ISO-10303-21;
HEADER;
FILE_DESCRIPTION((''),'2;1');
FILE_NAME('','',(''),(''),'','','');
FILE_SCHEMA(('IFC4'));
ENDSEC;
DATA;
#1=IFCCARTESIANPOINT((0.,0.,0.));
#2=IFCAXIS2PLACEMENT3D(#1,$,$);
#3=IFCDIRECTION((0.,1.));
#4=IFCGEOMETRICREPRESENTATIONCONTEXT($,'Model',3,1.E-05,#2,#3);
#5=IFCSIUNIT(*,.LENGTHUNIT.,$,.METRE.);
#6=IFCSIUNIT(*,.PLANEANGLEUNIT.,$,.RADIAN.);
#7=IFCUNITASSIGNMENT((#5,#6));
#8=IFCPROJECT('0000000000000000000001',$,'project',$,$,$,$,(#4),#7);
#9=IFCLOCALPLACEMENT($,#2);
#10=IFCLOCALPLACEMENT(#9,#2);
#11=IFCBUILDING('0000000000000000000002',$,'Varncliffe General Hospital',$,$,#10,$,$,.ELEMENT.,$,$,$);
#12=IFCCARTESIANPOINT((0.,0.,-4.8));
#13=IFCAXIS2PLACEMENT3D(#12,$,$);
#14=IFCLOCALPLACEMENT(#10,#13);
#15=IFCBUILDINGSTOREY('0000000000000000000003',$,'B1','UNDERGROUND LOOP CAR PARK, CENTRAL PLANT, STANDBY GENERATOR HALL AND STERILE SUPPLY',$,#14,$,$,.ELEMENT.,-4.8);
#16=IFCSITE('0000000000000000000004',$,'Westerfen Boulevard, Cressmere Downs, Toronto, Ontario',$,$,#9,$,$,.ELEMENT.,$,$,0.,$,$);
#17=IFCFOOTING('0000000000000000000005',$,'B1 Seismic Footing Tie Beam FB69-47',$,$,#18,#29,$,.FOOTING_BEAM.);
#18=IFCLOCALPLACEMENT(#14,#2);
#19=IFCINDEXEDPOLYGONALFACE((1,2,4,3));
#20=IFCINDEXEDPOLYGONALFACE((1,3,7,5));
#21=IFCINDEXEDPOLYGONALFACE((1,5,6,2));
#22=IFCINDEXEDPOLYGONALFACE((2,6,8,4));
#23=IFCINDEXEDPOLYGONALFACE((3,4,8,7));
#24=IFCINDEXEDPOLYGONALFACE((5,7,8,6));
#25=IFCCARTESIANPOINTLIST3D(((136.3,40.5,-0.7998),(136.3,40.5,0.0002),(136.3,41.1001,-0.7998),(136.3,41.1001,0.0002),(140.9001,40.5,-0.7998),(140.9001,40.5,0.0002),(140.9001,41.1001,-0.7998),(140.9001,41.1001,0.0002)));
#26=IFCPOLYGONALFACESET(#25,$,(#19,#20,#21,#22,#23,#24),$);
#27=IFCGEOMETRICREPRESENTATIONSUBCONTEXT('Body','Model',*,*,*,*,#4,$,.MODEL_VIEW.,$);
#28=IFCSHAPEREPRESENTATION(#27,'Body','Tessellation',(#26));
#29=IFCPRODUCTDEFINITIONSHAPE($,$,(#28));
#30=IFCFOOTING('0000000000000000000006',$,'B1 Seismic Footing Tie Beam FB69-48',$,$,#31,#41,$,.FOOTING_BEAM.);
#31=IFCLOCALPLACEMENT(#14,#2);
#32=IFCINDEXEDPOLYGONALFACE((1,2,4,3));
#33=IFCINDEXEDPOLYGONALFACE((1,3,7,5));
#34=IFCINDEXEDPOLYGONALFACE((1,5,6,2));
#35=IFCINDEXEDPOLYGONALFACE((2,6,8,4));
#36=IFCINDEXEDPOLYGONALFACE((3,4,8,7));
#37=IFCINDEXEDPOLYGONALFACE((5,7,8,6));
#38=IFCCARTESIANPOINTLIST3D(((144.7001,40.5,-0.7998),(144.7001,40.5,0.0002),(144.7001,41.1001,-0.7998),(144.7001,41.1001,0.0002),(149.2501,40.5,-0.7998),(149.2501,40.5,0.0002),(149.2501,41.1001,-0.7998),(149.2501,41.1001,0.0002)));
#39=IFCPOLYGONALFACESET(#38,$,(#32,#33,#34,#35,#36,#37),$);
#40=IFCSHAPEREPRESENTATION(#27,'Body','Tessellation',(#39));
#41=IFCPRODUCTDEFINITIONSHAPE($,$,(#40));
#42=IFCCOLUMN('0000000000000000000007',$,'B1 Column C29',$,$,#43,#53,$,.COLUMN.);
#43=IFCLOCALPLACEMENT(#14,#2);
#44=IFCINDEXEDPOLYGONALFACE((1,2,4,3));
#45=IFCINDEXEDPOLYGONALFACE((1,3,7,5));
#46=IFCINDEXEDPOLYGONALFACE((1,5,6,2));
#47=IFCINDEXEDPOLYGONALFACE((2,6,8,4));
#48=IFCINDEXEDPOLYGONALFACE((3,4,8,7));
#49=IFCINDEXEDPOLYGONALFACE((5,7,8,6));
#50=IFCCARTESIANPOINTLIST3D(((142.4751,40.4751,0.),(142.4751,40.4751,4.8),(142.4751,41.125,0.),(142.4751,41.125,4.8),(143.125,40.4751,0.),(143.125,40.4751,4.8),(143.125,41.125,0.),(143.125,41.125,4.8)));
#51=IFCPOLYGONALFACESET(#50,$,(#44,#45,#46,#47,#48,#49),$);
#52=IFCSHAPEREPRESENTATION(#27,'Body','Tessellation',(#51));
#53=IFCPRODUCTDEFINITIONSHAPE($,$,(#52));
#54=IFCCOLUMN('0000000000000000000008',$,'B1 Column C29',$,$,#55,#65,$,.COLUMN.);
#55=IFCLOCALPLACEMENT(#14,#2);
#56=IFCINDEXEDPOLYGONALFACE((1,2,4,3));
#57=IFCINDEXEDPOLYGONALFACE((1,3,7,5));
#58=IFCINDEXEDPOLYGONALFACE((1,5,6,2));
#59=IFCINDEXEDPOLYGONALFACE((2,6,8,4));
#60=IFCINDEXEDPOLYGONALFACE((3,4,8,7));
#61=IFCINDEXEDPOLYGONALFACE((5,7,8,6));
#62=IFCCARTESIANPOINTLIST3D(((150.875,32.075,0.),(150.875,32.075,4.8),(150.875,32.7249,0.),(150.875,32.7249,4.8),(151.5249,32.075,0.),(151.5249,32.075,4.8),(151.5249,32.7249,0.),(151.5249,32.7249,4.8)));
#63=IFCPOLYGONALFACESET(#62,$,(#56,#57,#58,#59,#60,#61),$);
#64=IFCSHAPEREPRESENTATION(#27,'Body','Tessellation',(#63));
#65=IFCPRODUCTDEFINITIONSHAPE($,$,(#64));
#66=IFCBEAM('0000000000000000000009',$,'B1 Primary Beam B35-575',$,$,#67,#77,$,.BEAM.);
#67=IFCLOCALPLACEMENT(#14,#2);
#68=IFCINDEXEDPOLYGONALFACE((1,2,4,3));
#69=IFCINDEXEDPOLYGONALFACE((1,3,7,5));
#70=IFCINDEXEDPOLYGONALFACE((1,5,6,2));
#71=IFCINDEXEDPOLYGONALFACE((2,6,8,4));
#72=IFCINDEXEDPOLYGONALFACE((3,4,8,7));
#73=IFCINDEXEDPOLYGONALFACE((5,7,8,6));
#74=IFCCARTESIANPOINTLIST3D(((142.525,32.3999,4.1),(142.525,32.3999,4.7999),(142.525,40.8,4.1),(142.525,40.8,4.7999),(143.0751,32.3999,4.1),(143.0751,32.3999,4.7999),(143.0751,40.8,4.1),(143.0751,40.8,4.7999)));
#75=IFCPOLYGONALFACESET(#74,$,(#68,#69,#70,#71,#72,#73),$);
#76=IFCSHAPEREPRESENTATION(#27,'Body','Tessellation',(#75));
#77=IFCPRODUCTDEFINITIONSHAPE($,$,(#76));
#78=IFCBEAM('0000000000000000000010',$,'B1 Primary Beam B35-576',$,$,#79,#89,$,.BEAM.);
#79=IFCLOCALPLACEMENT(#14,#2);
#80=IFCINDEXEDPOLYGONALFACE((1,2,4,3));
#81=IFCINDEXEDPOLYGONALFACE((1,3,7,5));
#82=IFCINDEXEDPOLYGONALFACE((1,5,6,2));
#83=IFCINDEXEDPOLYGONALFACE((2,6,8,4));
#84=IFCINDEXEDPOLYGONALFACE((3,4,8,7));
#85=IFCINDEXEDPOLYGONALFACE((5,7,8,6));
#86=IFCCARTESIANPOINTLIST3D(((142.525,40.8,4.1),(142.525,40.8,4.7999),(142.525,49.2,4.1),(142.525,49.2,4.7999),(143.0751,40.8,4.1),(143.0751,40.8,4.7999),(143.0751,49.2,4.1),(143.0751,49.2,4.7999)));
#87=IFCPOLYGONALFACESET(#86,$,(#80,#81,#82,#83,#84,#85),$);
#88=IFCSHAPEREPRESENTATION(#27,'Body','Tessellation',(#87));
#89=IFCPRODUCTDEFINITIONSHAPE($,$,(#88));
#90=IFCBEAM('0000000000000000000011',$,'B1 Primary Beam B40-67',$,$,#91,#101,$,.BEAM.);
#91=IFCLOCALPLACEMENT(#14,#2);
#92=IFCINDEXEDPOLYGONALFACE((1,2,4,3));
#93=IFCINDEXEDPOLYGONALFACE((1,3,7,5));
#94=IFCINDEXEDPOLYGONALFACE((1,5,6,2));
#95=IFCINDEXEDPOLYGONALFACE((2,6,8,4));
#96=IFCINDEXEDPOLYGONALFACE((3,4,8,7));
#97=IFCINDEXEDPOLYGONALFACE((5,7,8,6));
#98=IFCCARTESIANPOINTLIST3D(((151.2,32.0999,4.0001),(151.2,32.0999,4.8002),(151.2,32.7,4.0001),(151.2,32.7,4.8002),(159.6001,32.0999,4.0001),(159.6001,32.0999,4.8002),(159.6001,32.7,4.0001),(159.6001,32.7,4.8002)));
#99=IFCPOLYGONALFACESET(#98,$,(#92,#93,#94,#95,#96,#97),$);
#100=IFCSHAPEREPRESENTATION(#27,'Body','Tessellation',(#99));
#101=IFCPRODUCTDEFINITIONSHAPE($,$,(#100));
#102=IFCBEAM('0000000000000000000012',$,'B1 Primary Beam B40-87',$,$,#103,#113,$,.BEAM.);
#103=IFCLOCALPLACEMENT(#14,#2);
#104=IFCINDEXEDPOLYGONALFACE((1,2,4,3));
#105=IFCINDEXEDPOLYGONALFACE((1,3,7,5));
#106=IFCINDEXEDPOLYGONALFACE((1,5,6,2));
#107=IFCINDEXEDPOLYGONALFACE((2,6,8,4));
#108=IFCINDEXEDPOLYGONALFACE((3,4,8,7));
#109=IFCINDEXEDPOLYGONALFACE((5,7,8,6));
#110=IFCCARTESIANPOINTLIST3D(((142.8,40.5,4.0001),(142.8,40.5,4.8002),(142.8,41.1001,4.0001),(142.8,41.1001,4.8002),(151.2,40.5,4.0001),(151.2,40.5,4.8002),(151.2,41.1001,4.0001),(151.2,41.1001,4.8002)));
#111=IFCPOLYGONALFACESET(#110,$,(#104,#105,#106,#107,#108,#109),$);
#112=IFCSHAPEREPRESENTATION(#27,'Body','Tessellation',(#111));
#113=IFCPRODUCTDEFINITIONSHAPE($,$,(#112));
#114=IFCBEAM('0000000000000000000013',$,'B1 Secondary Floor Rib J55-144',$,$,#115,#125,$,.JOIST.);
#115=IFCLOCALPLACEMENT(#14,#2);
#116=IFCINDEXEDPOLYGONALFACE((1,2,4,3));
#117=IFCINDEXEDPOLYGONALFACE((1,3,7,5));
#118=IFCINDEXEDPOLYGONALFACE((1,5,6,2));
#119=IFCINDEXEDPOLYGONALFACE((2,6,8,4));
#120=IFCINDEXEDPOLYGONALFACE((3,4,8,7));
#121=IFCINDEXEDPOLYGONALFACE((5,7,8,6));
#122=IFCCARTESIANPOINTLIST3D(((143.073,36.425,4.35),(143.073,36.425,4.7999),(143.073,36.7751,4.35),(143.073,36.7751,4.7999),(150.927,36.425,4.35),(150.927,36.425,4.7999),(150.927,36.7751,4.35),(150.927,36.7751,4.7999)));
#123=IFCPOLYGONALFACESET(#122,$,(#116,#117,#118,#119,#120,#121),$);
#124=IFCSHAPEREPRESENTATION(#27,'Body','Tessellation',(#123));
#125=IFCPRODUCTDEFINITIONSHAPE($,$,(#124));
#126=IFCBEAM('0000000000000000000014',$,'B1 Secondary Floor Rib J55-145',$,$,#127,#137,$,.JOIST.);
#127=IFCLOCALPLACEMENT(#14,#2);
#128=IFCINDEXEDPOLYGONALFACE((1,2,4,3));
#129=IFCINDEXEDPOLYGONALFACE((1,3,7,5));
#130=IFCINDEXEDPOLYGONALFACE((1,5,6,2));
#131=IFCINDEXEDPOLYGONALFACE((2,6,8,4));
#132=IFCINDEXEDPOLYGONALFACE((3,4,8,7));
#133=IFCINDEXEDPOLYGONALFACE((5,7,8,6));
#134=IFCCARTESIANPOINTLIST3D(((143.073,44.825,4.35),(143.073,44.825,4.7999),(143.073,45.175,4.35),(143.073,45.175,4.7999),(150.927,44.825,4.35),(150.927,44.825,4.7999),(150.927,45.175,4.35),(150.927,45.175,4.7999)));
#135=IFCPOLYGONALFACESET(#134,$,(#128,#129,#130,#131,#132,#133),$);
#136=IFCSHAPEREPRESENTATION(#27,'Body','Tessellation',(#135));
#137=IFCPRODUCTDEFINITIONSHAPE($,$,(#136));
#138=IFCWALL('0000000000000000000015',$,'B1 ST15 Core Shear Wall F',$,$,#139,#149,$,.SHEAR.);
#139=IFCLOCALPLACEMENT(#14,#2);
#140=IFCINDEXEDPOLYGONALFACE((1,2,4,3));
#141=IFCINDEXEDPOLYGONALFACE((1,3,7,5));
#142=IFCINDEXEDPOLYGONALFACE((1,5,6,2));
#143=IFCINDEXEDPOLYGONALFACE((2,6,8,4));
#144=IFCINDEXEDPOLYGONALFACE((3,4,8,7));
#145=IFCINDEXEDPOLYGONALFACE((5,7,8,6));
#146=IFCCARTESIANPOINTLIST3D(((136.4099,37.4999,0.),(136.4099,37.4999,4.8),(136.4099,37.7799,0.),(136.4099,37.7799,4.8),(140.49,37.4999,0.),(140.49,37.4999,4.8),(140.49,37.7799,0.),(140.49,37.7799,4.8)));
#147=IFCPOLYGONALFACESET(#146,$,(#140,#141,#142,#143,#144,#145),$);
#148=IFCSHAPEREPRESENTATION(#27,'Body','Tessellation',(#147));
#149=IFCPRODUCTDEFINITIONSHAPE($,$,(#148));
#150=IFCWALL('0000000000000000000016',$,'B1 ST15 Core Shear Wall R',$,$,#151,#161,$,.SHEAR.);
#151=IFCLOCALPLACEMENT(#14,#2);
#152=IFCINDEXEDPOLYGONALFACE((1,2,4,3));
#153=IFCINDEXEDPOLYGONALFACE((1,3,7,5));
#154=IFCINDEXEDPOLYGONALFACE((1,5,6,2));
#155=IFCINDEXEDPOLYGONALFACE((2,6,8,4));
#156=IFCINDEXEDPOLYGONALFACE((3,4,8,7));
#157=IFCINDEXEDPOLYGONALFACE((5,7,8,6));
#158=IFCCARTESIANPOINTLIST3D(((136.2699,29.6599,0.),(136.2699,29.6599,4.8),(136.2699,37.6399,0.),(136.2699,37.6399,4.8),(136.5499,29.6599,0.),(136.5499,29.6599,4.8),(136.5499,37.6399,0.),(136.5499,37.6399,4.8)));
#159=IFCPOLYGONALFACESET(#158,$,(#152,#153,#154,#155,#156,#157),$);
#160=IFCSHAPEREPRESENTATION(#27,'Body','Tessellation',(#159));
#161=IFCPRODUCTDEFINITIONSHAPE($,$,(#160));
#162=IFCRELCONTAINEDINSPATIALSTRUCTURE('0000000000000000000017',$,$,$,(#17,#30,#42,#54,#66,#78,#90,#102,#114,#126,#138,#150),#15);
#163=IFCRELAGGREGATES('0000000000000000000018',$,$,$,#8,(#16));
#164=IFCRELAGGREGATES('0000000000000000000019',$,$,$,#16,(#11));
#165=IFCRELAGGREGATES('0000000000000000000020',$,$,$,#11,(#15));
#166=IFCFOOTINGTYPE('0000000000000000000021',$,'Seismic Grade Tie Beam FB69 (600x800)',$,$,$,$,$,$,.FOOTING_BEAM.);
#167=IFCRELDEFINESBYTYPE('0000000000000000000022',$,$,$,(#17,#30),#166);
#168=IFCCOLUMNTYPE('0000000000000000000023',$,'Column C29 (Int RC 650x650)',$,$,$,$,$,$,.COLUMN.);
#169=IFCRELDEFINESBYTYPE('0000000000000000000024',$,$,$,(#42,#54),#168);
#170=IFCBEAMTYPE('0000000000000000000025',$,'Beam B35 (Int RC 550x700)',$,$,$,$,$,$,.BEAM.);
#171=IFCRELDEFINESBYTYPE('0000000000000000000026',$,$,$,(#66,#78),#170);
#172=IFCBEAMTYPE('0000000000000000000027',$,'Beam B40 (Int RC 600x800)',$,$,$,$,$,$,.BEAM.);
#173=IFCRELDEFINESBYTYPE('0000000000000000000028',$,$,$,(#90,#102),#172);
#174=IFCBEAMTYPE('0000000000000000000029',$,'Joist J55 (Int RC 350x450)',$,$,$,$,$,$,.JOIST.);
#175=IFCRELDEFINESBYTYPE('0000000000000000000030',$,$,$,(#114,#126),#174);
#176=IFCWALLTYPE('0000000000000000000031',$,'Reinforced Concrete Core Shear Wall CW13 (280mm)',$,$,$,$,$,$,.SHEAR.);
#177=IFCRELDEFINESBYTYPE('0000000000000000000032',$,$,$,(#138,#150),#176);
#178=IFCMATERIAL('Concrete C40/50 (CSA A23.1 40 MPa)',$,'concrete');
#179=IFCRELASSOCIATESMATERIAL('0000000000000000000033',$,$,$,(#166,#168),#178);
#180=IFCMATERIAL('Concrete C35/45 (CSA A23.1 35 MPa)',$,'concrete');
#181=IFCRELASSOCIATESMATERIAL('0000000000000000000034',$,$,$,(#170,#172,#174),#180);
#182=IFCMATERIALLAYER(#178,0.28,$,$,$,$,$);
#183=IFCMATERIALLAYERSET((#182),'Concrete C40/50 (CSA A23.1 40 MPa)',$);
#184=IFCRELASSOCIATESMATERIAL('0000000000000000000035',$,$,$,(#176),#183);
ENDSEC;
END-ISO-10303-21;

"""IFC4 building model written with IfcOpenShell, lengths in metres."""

from ifc_helpers import new_model, si_unit, direction, frame, frame_2d, origin, origin_2d, place, context, subcontext, project, spatial, rectangle, extrude, material, layer, layer_set, material_profile, profile_set, type_object, element, save


model = new_model("IFC4")

# Units and contexts
model_context = context("Model", 3, precision=1e-05, world=origin(), true_north=direction((0.0, 1.0)))
body_context = subcontext(model_context, "Body", "Model", "MODEL_VIEW")
ifc_project = project(units=[si_unit("LENGTHUNIT", "METRE"), si_unit("PLANEANGLEUNIT", "RADIAN")], contexts=[model_context])

# Site, building, storey
site_placement = place(None, origin())
site = spatial("IfcSite", under=ifc_project, at=site_placement, Name="Westerfen Boulevard, Cressmere Downs, Toronto, Ontario", CompositionType="ELEMENT", RefElevation=0.0)
building_placement = place(site_placement, origin())
building = spatial("IfcBuilding", under=site, at=building_placement, Name="Varncliffe General Hospital", CompositionType="ELEMENT")
storey_placement = place(building_placement, frame((0.0, 0.0, -4.8)))
storey = spatial("IfcBuildingStorey", under=building, at=storey_placement, Name="B1", Description="UNDERGROUND LOOP CAR PARK, CENTRAL PLANT, STANDBY GENERATOR HALL AND STERILE SUPPLY", CompositionType="ELEMENT", Elevation=-4.8)

# Shared definitions
ifc_material_1 = material(Name="Concrete C40/50 (CSA A23.1 40 MPa)", Category="concrete")

# Footings
footing_type_1 = type_object("IfcFootingType", Name="Seismic Grade Tie Beam FB69 (600x800)", PredefinedType="FOOTING_BEAM", material=ifc_material_1)
footing_1_placement = place(storey_placement, frame((138.6001, 40.8, -0.7998), z_axis=(0.0, 0.0, 1.0), x_axis=(1.0, 0.0, 0.0)))
element("IfcFooting", 1, at=footing_1_placement, inside=storey, type_object=footing_type_1, Name="B1 Seismic Footing Tie Beam FB69-47", PredefinedType="FOOTING_BEAM", context=body_context, shape_type="SweptSolid", body=[
    extrude(rectangle(XDim=4.6001, YDim=0.6001, at=origin_2d()), origin(), (0.0, 0.0, 1.0), 0.8),
])
footing_2_placement = place(storey_placement, frame((146.9751, 40.8, -0.7998), z_axis=(0.0, 0.0, 1.0), x_axis=(1.0, 0.0, 0.0)))
element("IfcFooting", 2, at=footing_2_placement, inside=storey, type_object=footing_type_1, Name="B1 Seismic Footing Tie Beam FB69-48", PredefinedType="FOOTING_BEAM", context=body_context, shape_type="SweptSolid", body=[
    extrude(rectangle(XDim=4.55, YDim=0.6001, at=origin_2d()), origin(), (0.0, 0.0, 1.0), 0.8),
])

# Columns
ifc_material_profile_1 = material_profile(ifc_material_1, rectangle(XDim=0.6499, YDim=0.6499, at=origin_2d()), Name="RC 650x650")
ifc_profile_set_1 = profile_set([ifc_material_profile_1], Name="Concrete C40/50 (CSA A23.1 40 MPa)")
column_type = type_object("IfcColumnType", Name="Column C29 (Int RC 650x650)", PredefinedType="COLUMN", material=ifc_profile_set_1)
for number, where, z_axis, x_axis, name in (
    (3, (142.8, 40.8, 0.0), (0.0, 0.0, 1.0), (1.0, 0.0, 0.0), "B1 Column C29"),
    (4, (151.2, 32.3999, 0.0), (0.0, 0.0, 1.0), (1.0, 0.0, 0.0), "B1 Column C29"),
):
    element("IfcColumn", number, at=place(storey_placement, frame(where, z_axis=z_axis, x_axis=x_axis)), inside=storey, type_object=column_type, Name=name, PredefinedType="COLUMN", context=body_context, shape_type="SweptSolid", body=[
        extrude(rectangle(XDim=0.6499, YDim=0.6499, at=origin_2d()), origin(), (0.0, 0.0, 1.0), 4.8),
    ])

# Beams
ifc_material_2 = material(Name="Concrete C35/45 (CSA A23.1 35 MPa)", Category="concrete")
ifc_material_profile_2 = material_profile(ifc_material_2, rectangle(XDim=0.55, YDim=0.7, at=origin_2d()), Name="RC 550x700")
ifc_profile_set_2 = profile_set([ifc_material_profile_2], Name="Concrete C35/45 (CSA A23.1 35 MPa)")
beam_type_1 = type_object("IfcBeamType", Name="Beam B35 (Int RC 550x700)", PredefinedType="BEAM", material=ifc_profile_set_2)
beam_1_placement = place(storey_placement, frame((142.8, 32.3999, 4.45), z_axis=(0.0, 1.0, 0.0), x_axis=(-1.0, 0.0, 0.0)))
element("IfcBeam", 5, at=beam_1_placement, inside=storey, type_object=beam_type_1, Name="B1 Primary Beam B35-575", PredefinedType="BEAM", context=body_context, shape_type="SweptSolid", body=[
    extrude(rectangle(XDim=0.55, YDim=0.7, at=origin_2d()), origin(), (0.0, 0.0, 1.0), 8.4001),
])
beam_2_placement = place(storey_placement, frame((142.8, 40.8, 4.45), z_axis=(0.0, 1.0, 0.0), x_axis=(-1.0, 0.0, 0.0)))
element("IfcBeam", 6, at=beam_2_placement, inside=storey, type_object=beam_type_1, Name="B1 Primary Beam B35-576", PredefinedType="BEAM", context=body_context, shape_type="SweptSolid", body=[
    extrude(rectangle(XDim=0.55, YDim=0.7, at=origin_2d()), origin(), (0.0, 0.0, 1.0), 8.3999),
])
ifc_material_profile_3 = material_profile(ifc_material_2, rectangle(XDim=0.6001, YDim=0.8, at=origin_2d()), Name="RC 600x800")
ifc_profile_set_3 = profile_set([ifc_material_profile_3], Name="Concrete C35/45 (CSA A23.1 35 MPa)")
beam_type_2 = type_object("IfcBeamType", Name="Beam B40 (Int RC 600x800)", PredefinedType="BEAM", material=ifc_profile_set_3)
beam_3_placement = place(storey_placement, frame((151.2, 32.3999, 4.4001), z_axis=(1.0, 0.0, 0.0), x_axis=(0.0, 1.0, 0.0)))
element("IfcBeam", 7, at=beam_3_placement, inside=storey, type_object=beam_type_2, Name="B1 Primary Beam B40-67", PredefinedType="BEAM", context=body_context, shape_type="SweptSolid", body=[
    extrude(rectangle(XDim=0.6001, YDim=0.8, at=origin_2d()), origin(), (0.0, 0.0, 1.0), 8.4001),
])
beam_4_placement = place(storey_placement, frame((142.8, 40.8, 4.4001), z_axis=(1.0, 0.0, 0.0), x_axis=(0.0, 1.0, 0.0)))
element("IfcBeam", 8, at=beam_4_placement, inside=storey, type_object=beam_type_2, Name="B1 Primary Beam B40-87", PredefinedType="BEAM", context=body_context, shape_type="SweptSolid", body=[
    extrude(rectangle(XDim=0.6001, YDim=0.8, at=origin_2d()), origin(), (0.0, 0.0, 1.0), 8.3999),
])
ifc_material_profile_4 = material_profile(ifc_material_2, rectangle(XDim=0.3501, YDim=0.45, at=origin_2d()), Name="RC 350x450")
ifc_profile_set_4 = profile_set([ifc_material_profile_4], Name="Concrete C35/45 (CSA A23.1 35 MPa)")
beam_type_3 = type_object("IfcBeamType", Name="Joist J55 (Int RC 350x450)", PredefinedType="JOIST", material=ifc_profile_set_4)
for number, where, z_axis, x_axis, name in (
    (9, (143.073, 36.6001, 4.575), (1.0, 0.0, 0.0), (0.0, 1.0, 0.0), "B1 Secondary Floor Rib J55-144"),
    (10, (143.073, 45.0, 4.575), (1.0, 0.0, 0.0), (0.0, 1.0, 0.0), "B1 Secondary Floor Rib J55-145"),
):
    element("IfcBeam", number, at=place(storey_placement, frame(where, z_axis=z_axis, x_axis=x_axis)), inside=storey, type_object=beam_type_3, Name=name, PredefinedType="JOIST", context=body_context, shape_type="SweptSolid", body=[
        extrude(rectangle(XDim=0.3501, YDim=0.45, at=origin_2d()), origin(), (0.0, 0.0, 1.0), 7.854),
    ])

# Walls
ifc_layer = layer(ifc_material_1, 0.28)
ifc_layer_set = layer_set([ifc_layer], Name="Concrete C40/50 (CSA A23.1 40 MPa)")
wall_type = type_object("IfcWallType", Name="Reinforced Concrete Core Shear Wall CW13 (280mm)", PredefinedType="SHEAR", material=ifc_layer_set)
wall_1_placement = place(storey_placement, frame((140.49, 37.6399, 0.0), z_axis=(0.0, 0.0, 1.0), x_axis=(-1.0, 0.0, 0.0)))
element("IfcWall", 11, at=wall_1_placement, inside=storey, type_object=wall_type, Name="B1 ST15 Core Shear Wall F", PredefinedType="SHEAR", context=body_context, shape_type="SweptSolid", body=[
    extrude(rectangle(XDim=4.0801, YDim=0.28, at=frame_2d((2.04, 0.0))), origin(), (0.0, 0.0, 1.0), 4.8),
])
wall_2_placement = place(storey_placement, frame((136.4099, 37.6399, 0.0), z_axis=(0.0, 0.0, 1.0), x_axis=(0.0, -1.0, 0.0)))
element("IfcWall", 12, at=wall_2_placement, inside=storey, type_object=wall_type, Name="B1 ST15 Core Shear Wall R", PredefinedType="SHEAR", context=body_context, shape_type="SweptSolid", body=[
    extrude(rectangle(XDim=7.98, YDim=0.28, at=frame_2d((3.99, 0.0))), origin(), (0.0, 0.0, 1.0), 4.8),
])

save(model, "model.ifc")
